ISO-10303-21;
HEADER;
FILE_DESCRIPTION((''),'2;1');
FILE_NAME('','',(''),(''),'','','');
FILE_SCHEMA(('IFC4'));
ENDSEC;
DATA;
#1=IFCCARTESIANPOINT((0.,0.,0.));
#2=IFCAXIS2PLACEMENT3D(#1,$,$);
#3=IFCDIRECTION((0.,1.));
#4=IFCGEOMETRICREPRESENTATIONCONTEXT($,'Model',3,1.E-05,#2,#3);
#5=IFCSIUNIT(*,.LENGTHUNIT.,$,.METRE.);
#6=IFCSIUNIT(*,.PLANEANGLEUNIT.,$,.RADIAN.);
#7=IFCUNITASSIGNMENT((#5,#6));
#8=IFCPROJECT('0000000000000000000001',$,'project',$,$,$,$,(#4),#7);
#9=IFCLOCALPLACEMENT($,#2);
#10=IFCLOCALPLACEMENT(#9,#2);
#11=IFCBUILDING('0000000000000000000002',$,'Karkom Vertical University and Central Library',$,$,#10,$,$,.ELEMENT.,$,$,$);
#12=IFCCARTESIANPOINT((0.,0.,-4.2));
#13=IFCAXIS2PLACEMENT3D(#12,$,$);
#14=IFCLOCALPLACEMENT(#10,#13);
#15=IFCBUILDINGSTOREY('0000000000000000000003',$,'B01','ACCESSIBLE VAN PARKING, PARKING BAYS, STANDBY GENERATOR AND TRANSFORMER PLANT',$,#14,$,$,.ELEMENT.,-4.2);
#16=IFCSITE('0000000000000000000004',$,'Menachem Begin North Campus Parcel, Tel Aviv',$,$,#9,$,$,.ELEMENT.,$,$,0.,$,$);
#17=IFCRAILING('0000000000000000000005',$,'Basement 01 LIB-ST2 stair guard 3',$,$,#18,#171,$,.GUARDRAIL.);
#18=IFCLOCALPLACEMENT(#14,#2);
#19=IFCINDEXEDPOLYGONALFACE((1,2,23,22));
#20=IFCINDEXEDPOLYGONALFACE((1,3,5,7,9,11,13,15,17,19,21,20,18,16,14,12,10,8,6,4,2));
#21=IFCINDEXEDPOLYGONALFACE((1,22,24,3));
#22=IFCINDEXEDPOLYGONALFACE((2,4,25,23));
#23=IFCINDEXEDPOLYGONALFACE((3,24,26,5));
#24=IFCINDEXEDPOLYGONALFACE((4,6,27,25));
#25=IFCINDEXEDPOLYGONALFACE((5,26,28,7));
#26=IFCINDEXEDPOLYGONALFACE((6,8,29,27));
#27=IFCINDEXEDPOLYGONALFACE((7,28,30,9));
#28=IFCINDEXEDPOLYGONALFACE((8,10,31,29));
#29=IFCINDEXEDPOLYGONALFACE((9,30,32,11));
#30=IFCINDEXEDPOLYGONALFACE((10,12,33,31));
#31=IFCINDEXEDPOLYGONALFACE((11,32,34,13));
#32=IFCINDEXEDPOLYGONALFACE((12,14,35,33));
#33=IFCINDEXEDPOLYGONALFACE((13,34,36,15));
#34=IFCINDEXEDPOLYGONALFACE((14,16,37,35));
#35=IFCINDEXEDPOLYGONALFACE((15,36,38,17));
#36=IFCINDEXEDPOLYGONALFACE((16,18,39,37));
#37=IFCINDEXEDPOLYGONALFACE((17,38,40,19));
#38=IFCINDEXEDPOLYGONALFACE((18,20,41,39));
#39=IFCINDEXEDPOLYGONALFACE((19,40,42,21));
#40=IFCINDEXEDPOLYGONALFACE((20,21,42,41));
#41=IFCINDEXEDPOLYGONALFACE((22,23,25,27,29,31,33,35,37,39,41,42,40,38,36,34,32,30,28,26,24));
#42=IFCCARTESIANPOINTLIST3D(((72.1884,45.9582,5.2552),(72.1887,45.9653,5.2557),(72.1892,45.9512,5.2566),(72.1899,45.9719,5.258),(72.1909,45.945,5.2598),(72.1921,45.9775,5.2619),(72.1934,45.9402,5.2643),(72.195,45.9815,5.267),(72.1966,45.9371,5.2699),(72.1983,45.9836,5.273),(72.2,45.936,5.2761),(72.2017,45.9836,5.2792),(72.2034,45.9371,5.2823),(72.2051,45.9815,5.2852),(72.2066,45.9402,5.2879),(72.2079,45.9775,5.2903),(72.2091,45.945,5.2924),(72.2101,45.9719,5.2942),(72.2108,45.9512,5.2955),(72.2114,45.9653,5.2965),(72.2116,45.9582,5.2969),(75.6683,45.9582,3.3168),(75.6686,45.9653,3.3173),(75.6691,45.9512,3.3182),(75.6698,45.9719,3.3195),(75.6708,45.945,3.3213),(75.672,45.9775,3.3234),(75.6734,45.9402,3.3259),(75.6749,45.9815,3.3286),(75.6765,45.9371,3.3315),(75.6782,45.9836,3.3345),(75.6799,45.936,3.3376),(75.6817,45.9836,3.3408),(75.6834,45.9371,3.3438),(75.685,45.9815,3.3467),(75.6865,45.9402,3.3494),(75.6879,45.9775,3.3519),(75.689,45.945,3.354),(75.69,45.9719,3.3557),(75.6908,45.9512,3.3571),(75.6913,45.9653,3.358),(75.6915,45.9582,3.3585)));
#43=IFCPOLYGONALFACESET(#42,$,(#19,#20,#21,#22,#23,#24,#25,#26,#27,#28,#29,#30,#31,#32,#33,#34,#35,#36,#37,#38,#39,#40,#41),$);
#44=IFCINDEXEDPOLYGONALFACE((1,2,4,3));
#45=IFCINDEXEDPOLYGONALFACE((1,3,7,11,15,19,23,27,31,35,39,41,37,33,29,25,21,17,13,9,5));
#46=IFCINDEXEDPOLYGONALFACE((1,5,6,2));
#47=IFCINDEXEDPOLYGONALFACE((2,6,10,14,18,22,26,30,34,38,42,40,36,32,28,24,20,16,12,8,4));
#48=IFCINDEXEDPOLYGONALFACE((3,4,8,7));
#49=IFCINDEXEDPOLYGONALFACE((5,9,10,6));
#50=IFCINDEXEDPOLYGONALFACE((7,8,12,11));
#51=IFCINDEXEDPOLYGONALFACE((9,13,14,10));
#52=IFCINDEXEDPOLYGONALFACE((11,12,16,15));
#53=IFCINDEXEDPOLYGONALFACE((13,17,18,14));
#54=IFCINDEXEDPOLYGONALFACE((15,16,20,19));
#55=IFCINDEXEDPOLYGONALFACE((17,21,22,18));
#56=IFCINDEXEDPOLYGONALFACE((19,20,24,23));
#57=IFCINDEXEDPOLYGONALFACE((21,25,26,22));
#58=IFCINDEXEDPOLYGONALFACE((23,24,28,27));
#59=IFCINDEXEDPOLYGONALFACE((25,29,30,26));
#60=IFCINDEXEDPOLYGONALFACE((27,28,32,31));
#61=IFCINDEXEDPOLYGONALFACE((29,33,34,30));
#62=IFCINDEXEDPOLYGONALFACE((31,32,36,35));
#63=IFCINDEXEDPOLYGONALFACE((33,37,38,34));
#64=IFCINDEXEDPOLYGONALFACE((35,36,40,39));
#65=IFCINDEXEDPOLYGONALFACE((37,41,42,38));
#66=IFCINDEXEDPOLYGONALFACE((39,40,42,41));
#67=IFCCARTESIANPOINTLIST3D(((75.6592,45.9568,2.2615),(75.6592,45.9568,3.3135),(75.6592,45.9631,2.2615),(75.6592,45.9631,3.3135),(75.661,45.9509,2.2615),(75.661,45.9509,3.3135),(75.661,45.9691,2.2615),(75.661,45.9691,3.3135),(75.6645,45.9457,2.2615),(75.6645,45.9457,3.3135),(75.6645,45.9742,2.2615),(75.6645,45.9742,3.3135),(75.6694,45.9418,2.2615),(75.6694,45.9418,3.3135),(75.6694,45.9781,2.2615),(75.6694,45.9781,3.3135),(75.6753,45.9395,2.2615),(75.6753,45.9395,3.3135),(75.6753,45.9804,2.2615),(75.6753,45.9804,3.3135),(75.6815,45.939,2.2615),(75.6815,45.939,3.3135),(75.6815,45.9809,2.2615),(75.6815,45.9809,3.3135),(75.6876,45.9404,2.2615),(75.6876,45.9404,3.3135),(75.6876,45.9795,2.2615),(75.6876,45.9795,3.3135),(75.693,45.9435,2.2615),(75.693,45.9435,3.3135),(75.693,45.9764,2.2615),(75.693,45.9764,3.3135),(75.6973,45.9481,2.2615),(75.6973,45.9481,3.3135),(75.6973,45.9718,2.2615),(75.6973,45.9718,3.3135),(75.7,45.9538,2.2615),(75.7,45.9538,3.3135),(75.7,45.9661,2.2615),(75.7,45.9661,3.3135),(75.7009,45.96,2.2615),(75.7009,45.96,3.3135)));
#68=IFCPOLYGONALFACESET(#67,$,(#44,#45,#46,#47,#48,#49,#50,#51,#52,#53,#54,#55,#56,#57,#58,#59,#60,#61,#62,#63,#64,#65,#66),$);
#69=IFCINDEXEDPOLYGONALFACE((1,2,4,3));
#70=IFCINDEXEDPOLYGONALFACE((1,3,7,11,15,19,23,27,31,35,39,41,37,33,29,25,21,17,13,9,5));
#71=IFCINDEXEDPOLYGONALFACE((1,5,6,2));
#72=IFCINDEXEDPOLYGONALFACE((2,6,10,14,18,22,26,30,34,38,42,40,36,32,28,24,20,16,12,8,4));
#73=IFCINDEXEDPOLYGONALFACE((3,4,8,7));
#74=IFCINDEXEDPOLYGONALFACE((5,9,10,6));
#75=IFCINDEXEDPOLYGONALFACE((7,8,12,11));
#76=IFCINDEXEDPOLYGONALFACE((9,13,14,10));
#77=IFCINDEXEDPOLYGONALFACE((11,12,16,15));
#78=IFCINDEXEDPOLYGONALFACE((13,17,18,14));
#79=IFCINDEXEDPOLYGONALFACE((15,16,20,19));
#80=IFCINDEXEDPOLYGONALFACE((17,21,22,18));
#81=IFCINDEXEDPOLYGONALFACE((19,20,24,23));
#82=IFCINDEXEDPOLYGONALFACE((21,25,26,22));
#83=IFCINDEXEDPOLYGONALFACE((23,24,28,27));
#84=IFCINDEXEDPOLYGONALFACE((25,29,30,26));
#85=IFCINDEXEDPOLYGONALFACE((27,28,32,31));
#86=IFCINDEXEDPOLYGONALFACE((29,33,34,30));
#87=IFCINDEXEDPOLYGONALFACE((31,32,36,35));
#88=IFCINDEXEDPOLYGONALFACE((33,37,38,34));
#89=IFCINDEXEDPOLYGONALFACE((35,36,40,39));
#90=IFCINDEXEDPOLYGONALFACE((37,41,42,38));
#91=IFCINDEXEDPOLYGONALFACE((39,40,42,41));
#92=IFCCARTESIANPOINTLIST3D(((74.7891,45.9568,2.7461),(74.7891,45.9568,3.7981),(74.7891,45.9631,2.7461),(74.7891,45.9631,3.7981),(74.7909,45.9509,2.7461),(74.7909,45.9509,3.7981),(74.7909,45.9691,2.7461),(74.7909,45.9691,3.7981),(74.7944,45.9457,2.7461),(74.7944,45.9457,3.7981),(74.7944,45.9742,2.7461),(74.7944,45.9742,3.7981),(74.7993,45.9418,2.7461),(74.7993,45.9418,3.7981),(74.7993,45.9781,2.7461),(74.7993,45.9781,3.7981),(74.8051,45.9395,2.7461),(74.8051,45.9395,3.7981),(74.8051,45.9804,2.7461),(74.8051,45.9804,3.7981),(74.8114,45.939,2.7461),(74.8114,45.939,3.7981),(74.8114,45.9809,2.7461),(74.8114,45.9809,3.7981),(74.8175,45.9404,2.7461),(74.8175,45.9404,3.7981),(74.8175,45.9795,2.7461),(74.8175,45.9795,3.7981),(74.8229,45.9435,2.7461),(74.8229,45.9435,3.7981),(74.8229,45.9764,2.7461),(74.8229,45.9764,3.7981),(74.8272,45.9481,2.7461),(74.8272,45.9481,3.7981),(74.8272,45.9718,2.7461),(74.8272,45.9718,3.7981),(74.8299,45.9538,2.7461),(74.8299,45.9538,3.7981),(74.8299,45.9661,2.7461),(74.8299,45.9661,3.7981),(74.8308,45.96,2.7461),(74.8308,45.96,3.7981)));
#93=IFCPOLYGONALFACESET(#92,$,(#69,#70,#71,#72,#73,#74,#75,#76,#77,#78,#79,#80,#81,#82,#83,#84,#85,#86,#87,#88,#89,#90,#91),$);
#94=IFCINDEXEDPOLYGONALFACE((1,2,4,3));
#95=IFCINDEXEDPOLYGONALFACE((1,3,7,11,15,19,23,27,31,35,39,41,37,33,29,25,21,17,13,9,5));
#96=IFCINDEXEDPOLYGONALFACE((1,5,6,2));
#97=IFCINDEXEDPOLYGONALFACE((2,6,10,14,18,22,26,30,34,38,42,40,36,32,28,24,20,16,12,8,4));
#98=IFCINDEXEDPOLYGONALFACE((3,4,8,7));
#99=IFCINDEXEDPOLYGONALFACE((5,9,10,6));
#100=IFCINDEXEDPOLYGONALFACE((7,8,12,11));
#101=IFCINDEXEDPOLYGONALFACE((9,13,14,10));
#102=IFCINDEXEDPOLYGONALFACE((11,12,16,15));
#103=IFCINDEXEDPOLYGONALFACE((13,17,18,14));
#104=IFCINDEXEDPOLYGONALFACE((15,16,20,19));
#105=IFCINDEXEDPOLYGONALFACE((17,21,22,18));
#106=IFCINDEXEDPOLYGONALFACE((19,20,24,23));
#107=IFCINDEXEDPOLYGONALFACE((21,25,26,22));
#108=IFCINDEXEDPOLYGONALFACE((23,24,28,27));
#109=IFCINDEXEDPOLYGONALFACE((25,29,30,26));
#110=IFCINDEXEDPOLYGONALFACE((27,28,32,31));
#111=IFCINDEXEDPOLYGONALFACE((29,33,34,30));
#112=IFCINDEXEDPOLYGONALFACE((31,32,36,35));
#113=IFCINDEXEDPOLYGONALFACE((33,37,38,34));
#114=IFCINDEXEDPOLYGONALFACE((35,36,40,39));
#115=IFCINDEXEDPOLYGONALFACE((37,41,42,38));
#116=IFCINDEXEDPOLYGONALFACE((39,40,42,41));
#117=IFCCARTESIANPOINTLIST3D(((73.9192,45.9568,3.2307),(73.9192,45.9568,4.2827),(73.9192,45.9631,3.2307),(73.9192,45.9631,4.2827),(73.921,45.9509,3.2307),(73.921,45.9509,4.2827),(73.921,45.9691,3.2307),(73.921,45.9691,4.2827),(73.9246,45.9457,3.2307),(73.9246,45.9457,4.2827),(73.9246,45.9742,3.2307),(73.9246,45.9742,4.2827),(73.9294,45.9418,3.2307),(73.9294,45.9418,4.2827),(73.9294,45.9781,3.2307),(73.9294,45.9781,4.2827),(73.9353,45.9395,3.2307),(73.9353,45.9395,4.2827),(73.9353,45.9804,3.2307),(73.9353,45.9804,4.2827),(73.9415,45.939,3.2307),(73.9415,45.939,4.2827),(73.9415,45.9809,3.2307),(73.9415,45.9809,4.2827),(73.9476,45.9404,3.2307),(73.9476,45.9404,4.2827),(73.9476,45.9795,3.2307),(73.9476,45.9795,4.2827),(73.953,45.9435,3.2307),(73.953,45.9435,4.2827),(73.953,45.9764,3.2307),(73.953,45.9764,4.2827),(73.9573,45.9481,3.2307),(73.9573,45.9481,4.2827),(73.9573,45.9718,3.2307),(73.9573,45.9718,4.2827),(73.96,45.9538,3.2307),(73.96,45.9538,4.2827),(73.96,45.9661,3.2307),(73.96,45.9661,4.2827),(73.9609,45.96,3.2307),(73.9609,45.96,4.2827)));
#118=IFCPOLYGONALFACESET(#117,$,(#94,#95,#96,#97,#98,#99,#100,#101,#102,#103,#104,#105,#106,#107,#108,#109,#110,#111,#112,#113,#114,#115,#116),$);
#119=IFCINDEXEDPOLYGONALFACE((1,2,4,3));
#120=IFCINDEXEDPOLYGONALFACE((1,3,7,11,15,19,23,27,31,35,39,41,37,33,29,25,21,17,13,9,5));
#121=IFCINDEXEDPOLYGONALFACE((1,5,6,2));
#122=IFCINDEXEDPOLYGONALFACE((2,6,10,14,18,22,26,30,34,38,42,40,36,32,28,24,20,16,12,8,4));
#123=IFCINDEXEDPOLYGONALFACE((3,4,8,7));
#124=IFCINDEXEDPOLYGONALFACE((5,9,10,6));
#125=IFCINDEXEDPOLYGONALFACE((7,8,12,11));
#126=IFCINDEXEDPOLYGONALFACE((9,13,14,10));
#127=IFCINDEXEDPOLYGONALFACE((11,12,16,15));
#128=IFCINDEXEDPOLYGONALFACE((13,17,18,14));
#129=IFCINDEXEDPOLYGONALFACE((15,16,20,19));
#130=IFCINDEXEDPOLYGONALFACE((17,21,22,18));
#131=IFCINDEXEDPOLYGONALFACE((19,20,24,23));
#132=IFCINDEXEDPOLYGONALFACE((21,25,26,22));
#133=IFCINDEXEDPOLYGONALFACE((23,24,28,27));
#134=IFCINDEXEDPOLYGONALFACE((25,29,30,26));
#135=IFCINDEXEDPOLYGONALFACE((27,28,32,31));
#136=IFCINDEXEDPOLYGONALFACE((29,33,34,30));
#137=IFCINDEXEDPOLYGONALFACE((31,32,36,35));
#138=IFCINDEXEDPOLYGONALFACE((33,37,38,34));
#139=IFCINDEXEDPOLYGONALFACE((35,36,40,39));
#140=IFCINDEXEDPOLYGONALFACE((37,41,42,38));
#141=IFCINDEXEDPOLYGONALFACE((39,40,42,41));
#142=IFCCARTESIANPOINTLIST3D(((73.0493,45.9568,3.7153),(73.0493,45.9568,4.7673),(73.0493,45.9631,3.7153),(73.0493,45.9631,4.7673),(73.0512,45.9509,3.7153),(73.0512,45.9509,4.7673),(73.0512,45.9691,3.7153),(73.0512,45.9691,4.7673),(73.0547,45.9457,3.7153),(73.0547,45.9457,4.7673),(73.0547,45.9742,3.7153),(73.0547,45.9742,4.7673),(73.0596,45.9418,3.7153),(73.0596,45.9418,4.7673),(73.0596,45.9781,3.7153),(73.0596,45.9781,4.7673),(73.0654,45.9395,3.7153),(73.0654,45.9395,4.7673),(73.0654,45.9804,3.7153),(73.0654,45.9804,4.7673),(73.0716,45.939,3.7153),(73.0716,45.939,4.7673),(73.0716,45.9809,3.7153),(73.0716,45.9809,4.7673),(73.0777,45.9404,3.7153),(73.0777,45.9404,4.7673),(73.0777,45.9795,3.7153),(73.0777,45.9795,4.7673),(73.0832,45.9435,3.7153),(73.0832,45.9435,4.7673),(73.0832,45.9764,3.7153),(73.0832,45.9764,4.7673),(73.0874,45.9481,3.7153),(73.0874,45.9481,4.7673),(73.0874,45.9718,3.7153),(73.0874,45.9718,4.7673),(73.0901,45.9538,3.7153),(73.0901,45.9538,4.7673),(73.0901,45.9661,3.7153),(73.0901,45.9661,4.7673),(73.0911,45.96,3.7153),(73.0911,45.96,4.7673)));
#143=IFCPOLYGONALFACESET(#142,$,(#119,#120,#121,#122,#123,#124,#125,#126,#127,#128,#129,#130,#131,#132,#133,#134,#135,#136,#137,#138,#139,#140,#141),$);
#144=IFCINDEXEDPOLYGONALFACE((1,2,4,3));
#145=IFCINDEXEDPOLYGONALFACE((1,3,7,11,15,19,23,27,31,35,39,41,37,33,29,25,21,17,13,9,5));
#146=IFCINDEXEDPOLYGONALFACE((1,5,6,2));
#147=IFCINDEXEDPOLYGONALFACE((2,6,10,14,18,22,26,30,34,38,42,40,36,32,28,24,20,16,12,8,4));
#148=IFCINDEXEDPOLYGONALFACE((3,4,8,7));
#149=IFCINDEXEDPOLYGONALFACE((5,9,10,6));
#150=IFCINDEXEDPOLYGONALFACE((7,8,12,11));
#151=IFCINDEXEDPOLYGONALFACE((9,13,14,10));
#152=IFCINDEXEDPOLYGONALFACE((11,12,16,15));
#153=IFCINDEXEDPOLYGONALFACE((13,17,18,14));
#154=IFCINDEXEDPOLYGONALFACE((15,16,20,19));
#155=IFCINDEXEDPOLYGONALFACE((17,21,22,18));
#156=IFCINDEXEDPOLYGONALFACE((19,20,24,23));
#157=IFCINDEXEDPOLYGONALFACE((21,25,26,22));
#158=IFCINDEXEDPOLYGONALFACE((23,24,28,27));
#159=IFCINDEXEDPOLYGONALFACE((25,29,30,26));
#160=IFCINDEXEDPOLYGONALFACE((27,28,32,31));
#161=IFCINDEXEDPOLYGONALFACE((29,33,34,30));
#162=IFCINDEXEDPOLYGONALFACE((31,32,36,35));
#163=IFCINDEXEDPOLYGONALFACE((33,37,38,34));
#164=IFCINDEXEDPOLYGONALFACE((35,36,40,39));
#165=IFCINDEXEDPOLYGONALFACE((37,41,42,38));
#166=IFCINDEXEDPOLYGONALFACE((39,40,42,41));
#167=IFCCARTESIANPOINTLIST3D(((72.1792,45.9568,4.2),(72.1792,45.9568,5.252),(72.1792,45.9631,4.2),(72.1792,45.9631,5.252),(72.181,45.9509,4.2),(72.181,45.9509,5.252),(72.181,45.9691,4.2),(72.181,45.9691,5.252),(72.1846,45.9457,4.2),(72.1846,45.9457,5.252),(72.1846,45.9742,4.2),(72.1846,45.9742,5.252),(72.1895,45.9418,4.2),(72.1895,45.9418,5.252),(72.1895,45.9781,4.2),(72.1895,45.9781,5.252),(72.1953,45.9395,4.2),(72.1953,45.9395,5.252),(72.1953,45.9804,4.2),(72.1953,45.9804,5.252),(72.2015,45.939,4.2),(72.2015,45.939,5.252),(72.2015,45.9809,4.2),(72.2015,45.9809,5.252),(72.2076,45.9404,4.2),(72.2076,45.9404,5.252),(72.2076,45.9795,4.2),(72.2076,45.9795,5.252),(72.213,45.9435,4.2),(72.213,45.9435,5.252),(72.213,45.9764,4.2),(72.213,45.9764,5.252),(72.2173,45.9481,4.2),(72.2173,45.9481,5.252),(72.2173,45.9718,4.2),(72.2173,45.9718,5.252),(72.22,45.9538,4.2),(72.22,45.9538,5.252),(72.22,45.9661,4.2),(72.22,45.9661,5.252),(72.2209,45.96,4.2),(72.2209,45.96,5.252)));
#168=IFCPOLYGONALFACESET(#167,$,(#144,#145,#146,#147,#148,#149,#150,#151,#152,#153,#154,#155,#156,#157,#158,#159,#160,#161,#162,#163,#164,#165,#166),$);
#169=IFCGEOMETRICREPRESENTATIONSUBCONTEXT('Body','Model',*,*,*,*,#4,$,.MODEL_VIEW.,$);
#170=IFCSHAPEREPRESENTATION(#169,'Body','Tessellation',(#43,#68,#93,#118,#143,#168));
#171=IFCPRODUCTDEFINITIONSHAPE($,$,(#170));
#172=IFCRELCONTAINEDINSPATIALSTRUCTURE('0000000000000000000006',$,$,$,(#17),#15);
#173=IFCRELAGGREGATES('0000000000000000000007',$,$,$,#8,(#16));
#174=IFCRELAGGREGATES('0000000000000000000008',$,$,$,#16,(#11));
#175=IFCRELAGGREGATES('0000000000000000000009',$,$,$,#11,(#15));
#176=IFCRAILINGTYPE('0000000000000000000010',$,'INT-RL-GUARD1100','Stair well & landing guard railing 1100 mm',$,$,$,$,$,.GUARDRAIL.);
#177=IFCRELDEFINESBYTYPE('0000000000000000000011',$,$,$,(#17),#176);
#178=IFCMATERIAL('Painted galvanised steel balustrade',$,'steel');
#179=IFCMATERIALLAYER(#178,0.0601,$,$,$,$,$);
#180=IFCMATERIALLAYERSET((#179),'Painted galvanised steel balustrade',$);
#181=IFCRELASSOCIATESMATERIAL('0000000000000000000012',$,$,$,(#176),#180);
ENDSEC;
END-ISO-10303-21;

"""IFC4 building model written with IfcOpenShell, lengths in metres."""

from ifc_helpers import new_model, si_unit, direction, frame, origin, origin_2d, place, context, subcontext, project, spatial, circle, extrude, material, layer, layer_set, type_object, element, save


model = new_model("IFC4")

# Units and contexts
model_context = context("Model", 3, precision=1e-05, world=origin(), true_north=direction((0.0, 1.0)))
body_context = subcontext(model_context, "Body", "Model", "MODEL_VIEW")
ifc_project = project(units=[si_unit("LENGTHUNIT", "METRE"), si_unit("PLANEANGLEUNIT", "RADIAN")], contexts=[model_context])

# Site, building, storey
site_placement = place(None, origin())
site = spatial("IfcSite", under=ifc_project, at=site_placement, Name="Menachem Begin North Campus Parcel, Tel Aviv", CompositionType="ELEMENT", RefElevation=0.0)
building_placement = place(site_placement, origin())
building = spatial("IfcBuilding", under=site, at=building_placement, Name="Karkom Vertical University and Central Library", CompositionType="ELEMENT")
storey_placement = place(building_placement, frame((0.0, 0.0, -4.2)))
storey = spatial("IfcBuildingStorey", under=building, at=storey_placement, Name="B01", Description="ACCESSIBLE VAN PARKING, PARKING BAYS, STANDBY GENERATOR AND TRANSFORMER PLANT", CompositionType="ELEMENT", Elevation=-4.2)

# Railing
ifc_material_1 = material(Name="Painted galvanised steel balustrade", Category="steel")
ifc_layer_1 = layer(ifc_material_1, 0.0601)
ifc_layer_set_1 = layer_set([ifc_layer_1], Name="Painted galvanised steel balustrade")
railing_type_1 = type_object("IfcRailingType", Name="INT-RL-GUARD1100", Description="Stair well & landing guard railing 1100 mm", PredefinedType="GUARDRAIL", material=ifc_layer_set_1)
railing_1_placement = place(storey_placement, frame((75.6799, 45.96, 2.2615)))
element("IfcRailing", 1, at=railing_1_placement, inside=storey, type_object=railing_type_1, Name="Basement 01 LIB-ST2 stair guard 3", PredefinedType="GUARDRAIL", context=body_context, shape_type="SweptSolid", body=[
    extrude(circle(Radius=0.0239, at=origin_2d()), frame((0.0, 0.0, 1.0762), z_axis=(-0.873607, 0.0, 0.486631), x_axis=(0.0, -1.0, 0.0)), (0.0, 0.0, 1.0), 3.9834),
    extrude(circle(Radius=0.021, at=origin_2d()), origin(), (0.0, 0.0, 1.0), 1.052),
    extrude(circle(Radius=0.021, at=origin_2d()), frame((-0.8701, 0.0, 0.4846)), (0.0, 0.0, 1.0), 1.052),
    extrude(circle(Radius=0.021, at=origin_2d()), frame((-1.74, 0.0, 0.9692)), (0.0, 0.0, 1.0), 1.052),
    extrude(circle(Radius=0.021, at=origin_2d()), frame((-2.6099, 0.0, 1.4539)), (0.0, 0.0, 1.0), 1.052),
    extrude(circle(Radius=0.021, at=origin_2d()), frame((-3.48, 0.0, 1.9385)), (0.0, 0.0, 1.0), 1.052),
])

save(model, "model.ifc")
